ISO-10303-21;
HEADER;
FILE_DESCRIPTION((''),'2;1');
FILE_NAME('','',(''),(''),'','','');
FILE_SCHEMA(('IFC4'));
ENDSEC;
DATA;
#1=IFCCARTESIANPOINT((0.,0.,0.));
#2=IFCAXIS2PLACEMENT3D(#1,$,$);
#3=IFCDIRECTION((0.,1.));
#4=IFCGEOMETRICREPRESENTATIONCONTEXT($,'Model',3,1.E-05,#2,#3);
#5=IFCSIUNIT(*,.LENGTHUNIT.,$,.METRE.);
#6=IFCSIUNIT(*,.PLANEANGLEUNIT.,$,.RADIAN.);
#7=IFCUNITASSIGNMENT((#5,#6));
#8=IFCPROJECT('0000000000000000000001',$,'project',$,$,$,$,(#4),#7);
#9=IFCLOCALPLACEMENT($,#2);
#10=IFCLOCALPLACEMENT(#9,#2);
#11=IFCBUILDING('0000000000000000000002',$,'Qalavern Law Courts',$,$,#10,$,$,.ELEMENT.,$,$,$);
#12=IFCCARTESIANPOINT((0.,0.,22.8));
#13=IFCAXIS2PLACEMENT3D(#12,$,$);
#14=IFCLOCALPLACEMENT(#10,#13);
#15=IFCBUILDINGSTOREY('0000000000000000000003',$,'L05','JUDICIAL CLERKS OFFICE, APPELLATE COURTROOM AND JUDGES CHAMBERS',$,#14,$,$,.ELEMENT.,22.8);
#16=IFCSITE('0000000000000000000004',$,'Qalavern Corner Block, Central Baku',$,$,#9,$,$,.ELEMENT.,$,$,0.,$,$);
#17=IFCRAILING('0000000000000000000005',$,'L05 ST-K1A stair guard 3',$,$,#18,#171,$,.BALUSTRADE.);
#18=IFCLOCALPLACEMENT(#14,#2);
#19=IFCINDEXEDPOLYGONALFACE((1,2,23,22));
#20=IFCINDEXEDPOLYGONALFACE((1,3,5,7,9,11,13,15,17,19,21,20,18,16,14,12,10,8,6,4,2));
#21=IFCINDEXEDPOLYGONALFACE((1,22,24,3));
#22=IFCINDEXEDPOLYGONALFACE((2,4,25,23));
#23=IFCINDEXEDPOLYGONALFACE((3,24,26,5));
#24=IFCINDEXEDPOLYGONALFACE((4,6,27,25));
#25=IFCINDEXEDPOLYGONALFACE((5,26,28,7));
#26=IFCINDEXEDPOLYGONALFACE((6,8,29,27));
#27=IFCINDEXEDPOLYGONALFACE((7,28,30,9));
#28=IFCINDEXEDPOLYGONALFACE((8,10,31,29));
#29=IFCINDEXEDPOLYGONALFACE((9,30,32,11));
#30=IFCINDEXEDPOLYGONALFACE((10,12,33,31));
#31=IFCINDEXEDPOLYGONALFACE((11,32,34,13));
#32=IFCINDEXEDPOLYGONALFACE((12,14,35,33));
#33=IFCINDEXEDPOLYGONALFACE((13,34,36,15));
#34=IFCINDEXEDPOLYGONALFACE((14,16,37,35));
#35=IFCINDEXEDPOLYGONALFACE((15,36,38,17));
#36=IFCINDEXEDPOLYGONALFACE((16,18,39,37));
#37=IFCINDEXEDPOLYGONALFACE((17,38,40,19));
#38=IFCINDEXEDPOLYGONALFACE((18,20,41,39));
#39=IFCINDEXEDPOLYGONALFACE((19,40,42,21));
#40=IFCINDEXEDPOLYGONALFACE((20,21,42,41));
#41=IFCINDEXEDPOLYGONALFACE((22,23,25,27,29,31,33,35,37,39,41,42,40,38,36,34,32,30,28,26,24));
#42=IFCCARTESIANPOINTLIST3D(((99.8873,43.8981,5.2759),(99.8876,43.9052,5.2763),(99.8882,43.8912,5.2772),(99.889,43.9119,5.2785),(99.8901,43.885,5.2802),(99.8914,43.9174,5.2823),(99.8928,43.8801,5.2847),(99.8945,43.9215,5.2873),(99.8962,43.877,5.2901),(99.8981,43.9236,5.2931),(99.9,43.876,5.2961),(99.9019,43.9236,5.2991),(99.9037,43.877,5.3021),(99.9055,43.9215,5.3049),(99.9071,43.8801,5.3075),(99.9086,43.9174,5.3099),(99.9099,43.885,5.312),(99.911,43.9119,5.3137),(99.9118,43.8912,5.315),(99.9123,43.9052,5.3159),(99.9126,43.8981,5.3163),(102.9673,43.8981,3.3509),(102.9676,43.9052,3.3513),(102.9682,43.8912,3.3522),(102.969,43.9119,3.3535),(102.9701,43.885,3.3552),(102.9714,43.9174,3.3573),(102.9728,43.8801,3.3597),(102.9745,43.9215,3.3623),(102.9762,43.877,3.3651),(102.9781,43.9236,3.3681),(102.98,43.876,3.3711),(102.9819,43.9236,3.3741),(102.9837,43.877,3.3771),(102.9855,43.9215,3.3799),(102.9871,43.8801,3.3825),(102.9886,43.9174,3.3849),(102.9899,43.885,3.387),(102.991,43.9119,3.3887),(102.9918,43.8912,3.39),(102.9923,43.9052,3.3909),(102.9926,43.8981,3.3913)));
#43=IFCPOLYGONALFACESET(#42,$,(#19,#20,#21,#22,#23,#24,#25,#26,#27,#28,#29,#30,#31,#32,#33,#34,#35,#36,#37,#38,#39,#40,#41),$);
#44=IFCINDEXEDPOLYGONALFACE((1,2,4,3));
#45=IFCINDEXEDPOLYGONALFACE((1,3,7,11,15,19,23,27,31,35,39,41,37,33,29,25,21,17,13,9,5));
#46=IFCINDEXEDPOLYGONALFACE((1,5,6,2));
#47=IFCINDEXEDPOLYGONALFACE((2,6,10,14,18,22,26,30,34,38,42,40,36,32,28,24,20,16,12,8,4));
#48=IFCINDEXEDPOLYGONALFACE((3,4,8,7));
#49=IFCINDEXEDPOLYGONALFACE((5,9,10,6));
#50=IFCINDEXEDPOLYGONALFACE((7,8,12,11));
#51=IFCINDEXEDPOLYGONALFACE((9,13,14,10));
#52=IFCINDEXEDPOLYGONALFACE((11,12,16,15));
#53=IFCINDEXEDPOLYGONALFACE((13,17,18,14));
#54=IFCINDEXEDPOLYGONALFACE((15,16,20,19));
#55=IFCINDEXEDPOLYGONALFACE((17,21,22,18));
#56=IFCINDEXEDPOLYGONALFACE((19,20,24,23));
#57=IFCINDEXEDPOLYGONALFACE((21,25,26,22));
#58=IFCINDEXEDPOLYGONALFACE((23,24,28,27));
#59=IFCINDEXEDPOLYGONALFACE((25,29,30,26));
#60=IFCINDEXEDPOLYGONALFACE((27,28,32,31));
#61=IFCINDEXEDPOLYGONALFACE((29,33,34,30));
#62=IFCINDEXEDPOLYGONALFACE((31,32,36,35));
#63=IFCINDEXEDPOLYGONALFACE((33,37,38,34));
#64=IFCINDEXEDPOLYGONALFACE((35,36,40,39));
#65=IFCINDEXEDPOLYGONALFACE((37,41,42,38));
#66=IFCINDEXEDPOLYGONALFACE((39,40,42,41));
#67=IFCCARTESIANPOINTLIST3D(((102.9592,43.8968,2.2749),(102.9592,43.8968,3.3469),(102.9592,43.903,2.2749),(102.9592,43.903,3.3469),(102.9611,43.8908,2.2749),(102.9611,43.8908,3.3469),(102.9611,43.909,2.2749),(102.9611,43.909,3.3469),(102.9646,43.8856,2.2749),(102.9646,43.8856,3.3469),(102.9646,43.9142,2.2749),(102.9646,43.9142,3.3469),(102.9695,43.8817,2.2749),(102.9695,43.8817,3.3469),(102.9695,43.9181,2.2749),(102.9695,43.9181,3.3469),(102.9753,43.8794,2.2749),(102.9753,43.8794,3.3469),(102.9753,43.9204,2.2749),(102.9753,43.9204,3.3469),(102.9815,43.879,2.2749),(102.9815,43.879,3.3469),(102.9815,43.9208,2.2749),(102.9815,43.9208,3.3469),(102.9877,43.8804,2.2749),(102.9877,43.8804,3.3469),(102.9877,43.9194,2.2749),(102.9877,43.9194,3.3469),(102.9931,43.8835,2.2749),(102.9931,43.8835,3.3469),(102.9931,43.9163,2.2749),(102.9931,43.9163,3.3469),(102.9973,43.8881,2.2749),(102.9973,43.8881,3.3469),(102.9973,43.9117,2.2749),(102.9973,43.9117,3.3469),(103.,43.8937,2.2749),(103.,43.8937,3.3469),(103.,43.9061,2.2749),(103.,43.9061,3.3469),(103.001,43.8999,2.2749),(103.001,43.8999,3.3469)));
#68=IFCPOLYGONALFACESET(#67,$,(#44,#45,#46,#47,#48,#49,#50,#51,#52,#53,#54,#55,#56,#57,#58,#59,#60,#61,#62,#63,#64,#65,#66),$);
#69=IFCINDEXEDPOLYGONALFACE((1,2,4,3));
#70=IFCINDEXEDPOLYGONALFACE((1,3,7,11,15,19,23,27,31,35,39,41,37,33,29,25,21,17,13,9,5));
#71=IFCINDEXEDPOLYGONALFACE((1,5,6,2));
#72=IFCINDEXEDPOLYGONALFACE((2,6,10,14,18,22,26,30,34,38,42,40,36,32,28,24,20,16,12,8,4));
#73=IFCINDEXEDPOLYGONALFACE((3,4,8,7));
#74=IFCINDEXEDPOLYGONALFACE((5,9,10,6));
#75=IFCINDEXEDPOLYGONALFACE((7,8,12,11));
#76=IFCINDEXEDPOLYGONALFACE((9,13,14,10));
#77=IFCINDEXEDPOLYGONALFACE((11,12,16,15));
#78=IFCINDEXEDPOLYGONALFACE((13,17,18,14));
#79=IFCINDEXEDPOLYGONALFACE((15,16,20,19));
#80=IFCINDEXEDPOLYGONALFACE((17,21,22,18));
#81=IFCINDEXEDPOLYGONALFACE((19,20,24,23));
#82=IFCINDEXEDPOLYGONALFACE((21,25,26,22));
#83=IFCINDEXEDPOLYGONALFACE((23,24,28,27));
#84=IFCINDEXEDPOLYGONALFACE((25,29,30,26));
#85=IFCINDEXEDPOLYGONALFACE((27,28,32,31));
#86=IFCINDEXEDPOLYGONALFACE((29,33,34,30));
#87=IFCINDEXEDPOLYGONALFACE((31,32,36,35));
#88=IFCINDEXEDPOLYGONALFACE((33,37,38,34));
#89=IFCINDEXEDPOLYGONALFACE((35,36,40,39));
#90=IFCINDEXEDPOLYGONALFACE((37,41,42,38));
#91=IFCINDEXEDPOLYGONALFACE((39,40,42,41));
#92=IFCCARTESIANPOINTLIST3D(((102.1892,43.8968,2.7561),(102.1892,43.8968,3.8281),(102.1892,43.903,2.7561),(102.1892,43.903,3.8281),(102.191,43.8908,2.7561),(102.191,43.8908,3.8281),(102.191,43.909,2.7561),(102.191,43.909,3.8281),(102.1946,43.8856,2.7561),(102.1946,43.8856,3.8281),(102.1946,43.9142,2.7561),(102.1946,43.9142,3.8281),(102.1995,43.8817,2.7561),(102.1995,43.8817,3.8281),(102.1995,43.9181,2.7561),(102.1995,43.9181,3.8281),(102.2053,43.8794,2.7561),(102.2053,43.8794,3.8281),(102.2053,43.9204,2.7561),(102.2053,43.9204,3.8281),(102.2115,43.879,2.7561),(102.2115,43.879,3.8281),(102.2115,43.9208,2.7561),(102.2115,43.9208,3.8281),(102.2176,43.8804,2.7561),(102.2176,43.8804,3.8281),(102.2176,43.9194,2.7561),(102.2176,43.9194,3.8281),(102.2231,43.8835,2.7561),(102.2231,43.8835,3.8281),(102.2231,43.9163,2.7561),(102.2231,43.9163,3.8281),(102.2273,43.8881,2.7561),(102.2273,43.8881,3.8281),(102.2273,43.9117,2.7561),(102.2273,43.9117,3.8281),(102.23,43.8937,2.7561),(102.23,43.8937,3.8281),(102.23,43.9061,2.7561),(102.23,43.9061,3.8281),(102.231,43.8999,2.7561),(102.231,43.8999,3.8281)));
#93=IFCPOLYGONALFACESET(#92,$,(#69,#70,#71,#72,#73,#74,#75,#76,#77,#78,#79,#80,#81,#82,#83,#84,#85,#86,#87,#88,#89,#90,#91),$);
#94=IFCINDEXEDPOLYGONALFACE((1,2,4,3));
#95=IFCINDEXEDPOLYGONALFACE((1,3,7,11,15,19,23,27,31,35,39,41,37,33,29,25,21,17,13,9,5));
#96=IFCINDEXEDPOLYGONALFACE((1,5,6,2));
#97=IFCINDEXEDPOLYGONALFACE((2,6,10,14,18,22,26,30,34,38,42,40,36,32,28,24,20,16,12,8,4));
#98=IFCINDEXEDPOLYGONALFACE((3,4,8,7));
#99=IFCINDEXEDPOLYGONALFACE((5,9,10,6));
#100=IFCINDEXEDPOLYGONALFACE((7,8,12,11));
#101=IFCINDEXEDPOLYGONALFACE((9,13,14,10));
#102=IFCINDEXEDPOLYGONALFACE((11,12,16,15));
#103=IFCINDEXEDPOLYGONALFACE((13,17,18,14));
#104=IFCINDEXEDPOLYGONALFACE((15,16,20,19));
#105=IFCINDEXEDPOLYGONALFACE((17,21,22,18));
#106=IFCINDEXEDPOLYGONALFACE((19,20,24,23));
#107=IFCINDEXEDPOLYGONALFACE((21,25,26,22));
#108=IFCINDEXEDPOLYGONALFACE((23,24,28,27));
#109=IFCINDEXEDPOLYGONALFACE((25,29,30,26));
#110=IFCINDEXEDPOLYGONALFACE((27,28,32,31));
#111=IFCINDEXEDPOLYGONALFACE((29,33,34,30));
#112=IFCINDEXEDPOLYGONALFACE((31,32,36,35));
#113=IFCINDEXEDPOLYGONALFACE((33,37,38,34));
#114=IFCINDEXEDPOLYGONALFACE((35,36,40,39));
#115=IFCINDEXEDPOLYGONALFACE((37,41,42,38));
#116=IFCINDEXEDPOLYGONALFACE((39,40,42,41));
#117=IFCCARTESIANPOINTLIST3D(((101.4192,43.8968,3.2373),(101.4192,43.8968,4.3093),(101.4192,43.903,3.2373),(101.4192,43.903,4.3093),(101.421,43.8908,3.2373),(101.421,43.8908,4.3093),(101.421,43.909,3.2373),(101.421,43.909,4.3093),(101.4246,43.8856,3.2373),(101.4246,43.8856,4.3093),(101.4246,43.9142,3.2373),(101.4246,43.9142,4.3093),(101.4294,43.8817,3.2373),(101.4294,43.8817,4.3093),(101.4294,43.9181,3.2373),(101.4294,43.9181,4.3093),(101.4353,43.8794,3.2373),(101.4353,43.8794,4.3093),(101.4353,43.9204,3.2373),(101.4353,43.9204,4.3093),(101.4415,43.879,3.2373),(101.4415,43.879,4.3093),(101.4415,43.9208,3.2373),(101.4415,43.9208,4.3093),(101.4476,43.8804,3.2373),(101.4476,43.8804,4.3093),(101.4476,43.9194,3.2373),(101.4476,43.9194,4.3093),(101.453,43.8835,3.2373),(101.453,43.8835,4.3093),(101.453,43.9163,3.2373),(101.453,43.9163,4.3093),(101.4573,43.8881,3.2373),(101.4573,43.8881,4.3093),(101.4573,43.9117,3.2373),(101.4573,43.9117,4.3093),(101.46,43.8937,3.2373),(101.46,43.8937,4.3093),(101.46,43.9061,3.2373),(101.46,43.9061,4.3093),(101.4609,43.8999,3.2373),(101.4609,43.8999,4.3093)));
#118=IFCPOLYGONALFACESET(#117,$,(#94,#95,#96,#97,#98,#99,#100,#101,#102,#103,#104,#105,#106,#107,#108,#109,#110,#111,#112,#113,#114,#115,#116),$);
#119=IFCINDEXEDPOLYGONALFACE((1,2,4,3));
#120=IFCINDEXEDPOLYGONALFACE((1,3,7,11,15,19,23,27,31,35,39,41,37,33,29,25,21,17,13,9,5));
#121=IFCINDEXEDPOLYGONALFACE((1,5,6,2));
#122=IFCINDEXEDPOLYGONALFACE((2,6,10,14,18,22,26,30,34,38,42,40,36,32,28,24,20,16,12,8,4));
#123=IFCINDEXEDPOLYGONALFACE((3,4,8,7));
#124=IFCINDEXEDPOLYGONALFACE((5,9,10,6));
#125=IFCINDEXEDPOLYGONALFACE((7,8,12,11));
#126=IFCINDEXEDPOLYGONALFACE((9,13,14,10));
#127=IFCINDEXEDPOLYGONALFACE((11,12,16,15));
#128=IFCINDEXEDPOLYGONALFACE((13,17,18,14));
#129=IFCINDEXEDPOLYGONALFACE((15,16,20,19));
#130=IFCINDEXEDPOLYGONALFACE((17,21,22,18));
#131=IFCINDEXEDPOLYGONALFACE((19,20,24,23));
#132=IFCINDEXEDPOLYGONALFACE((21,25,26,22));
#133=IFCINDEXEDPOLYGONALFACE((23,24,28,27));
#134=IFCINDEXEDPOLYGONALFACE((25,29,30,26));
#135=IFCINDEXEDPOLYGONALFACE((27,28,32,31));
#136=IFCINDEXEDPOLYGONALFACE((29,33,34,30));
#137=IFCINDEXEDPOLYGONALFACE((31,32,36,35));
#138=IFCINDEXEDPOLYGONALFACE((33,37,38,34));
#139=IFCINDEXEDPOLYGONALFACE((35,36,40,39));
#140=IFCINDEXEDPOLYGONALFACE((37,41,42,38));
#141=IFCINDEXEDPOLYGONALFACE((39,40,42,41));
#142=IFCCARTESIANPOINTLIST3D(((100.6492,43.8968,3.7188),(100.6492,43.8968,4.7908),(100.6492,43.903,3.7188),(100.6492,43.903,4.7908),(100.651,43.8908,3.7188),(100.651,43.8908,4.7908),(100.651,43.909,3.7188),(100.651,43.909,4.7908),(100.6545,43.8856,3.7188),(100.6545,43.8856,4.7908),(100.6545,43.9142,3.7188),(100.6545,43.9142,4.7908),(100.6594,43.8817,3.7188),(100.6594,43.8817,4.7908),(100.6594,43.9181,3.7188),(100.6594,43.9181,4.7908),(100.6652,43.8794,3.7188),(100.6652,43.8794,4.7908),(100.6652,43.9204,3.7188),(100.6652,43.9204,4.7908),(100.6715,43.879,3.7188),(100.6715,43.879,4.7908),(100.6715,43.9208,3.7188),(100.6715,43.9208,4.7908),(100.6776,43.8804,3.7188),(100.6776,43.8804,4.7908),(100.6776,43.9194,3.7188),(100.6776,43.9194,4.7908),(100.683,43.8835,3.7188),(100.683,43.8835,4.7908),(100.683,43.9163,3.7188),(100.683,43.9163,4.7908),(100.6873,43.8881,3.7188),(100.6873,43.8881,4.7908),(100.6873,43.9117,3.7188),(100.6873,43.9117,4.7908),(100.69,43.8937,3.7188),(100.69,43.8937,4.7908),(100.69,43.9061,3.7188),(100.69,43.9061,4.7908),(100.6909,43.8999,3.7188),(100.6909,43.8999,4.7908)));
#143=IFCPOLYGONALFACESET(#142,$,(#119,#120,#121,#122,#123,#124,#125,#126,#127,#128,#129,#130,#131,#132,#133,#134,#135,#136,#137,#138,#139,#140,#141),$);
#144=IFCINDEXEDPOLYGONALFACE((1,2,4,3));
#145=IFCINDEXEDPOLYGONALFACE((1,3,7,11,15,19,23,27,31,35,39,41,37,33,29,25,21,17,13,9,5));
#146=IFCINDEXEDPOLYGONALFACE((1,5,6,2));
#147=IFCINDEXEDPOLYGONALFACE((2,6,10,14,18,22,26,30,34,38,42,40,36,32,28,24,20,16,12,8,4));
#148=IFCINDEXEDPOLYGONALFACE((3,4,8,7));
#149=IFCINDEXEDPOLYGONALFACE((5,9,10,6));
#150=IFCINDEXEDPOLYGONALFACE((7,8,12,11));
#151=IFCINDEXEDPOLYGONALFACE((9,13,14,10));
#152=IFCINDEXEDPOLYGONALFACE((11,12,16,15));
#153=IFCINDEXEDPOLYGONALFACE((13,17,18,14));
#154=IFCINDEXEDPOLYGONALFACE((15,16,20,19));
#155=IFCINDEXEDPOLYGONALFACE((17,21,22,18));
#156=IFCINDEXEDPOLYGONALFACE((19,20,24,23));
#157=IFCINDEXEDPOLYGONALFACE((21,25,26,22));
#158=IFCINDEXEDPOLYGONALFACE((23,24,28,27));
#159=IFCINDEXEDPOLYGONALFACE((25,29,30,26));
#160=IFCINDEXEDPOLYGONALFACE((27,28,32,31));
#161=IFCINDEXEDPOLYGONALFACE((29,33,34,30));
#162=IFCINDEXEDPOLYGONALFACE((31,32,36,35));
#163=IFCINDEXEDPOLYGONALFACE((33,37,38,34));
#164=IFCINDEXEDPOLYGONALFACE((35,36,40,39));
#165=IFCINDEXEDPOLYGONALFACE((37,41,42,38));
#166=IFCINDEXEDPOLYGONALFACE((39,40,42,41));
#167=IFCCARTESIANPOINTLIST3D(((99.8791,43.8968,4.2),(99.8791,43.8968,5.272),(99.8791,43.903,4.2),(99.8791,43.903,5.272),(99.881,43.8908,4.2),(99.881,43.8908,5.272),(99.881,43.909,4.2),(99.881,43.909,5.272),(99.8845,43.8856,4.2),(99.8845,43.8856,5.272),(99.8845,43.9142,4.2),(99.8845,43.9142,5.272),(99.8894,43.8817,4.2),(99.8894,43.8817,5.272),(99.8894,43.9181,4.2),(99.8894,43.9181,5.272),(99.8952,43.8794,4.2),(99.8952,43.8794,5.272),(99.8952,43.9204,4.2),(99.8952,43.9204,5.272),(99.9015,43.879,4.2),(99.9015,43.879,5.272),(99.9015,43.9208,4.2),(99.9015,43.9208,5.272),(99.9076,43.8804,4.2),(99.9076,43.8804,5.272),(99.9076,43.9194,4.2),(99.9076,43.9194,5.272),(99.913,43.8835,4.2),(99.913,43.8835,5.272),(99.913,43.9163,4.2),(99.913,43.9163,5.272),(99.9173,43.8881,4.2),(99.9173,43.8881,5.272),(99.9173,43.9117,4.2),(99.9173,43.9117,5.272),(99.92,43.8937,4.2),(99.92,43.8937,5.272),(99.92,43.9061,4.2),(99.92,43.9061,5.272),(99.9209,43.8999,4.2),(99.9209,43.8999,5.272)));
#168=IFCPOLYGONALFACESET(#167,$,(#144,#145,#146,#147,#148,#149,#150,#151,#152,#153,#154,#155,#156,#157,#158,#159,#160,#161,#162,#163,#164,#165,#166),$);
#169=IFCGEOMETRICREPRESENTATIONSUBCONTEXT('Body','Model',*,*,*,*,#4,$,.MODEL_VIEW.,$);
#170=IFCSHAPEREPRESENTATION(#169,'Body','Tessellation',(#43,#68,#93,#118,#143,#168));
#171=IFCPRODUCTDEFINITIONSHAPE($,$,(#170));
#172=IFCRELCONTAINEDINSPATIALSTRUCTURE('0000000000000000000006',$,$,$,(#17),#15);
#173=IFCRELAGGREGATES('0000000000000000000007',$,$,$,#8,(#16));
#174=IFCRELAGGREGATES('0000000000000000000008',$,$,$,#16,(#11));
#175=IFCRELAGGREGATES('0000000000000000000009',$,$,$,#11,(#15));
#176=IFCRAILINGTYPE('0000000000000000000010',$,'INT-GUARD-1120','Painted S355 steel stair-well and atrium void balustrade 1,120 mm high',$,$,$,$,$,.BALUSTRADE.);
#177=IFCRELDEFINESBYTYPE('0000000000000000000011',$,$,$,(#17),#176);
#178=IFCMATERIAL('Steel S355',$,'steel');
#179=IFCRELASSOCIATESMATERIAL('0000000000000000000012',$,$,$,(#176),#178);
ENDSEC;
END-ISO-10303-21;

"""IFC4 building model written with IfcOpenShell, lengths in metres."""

from ifc_helpers import new_model, si_unit, direction, frame, origin, origin_2d, place, context, subcontext, project, spatial, circle, extrude, material, type_object, element, save


model = new_model("IFC4")

# Units and contexts
model_context = context("Model", 3, precision=1e-05, world=origin(), true_north=direction((0.0, 1.0)))
body_context = subcontext(model_context, "Body", "Model", "MODEL_VIEW")
ifc_project = project(units=[si_unit("LENGTHUNIT", "METRE"), si_unit("PLANEANGLEUNIT", "RADIAN")], contexts=[model_context])

# Site, building, storey
site_placement = place(None, origin())
site = spatial("IfcSite", under=ifc_project, at=site_placement, Name="Qalavern Corner Block, Central Baku", CompositionType="ELEMENT", RefElevation=0.0)
building_placement = place(site_placement, origin())
building = spatial("IfcBuilding", under=site, at=building_placement, Name="Qalavern Law Courts", CompositionType="ELEMENT")
storey_placement = place(building_placement, frame((0.0, 0.0, 22.8)))
storey = spatial("IfcBuildingStorey", under=building, at=storey_placement, Name="L05", Description="JUDICIAL CLERKS OFFICE, APPELLATE COURTROOM AND JUDGES CHAMBERS", CompositionType="ELEMENT", Elevation=22.8)

# Railing
ifc_material_1 = material(Name="Steel S355", Category="steel")
railing_type_1 = type_object("IfcRailingType", Name="INT-GUARD-1120", Description="Painted S355 steel stair-well and atrium void balustrade 1,120 mm high", PredefinedType="BALUSTRADE", material=ifc_material_1)
railing_1_placement = place(storey_placement, frame((102.98, 43.8999, 2.2749)))
element("IfcRailing", 1, at=railing_1_placement, inside=storey, type_object=railing_type_1, Name="L05 ST-K1A stair guard 3", PredefinedType="BALUSTRADE", context=body_context, shape_type="SweptSolid", body=[
    extrude(circle(Radius=0.0239, at=origin_2d()), frame((0.0, 0.0, 1.0962), z_axis=(-0.847998, 0.0, 0.529999), x_axis=(0.0, -1.0, 0.0)), (0.0, 0.0, 1.0), 3.6321),
    extrude(circle(Radius=0.021, at=origin_2d()), origin(), (0.0, 0.0, 1.0), 1.072),
    extrude(circle(Radius=0.021, at=origin_2d()), frame((-0.77, 0.0, 0.4812)), (0.0, 0.0, 1.0), 1.072),
    extrude(circle(Radius=0.021, at=origin_2d()), frame((-1.54, 0.0, 0.9624)), (0.0, 0.0, 1.0), 1.072),
    extrude(circle(Radius=0.021, at=origin_2d()), frame((-2.3101, 0.0, 1.4438)), (0.0, 0.0, 1.0), 1.072),
    extrude(circle(Radius=0.021, at=origin_2d()), frame((-3.0801, 0.0, 1.925)), (0.0, 0.0, 1.0), 1.072),
])

save(model, "model.ifc")
